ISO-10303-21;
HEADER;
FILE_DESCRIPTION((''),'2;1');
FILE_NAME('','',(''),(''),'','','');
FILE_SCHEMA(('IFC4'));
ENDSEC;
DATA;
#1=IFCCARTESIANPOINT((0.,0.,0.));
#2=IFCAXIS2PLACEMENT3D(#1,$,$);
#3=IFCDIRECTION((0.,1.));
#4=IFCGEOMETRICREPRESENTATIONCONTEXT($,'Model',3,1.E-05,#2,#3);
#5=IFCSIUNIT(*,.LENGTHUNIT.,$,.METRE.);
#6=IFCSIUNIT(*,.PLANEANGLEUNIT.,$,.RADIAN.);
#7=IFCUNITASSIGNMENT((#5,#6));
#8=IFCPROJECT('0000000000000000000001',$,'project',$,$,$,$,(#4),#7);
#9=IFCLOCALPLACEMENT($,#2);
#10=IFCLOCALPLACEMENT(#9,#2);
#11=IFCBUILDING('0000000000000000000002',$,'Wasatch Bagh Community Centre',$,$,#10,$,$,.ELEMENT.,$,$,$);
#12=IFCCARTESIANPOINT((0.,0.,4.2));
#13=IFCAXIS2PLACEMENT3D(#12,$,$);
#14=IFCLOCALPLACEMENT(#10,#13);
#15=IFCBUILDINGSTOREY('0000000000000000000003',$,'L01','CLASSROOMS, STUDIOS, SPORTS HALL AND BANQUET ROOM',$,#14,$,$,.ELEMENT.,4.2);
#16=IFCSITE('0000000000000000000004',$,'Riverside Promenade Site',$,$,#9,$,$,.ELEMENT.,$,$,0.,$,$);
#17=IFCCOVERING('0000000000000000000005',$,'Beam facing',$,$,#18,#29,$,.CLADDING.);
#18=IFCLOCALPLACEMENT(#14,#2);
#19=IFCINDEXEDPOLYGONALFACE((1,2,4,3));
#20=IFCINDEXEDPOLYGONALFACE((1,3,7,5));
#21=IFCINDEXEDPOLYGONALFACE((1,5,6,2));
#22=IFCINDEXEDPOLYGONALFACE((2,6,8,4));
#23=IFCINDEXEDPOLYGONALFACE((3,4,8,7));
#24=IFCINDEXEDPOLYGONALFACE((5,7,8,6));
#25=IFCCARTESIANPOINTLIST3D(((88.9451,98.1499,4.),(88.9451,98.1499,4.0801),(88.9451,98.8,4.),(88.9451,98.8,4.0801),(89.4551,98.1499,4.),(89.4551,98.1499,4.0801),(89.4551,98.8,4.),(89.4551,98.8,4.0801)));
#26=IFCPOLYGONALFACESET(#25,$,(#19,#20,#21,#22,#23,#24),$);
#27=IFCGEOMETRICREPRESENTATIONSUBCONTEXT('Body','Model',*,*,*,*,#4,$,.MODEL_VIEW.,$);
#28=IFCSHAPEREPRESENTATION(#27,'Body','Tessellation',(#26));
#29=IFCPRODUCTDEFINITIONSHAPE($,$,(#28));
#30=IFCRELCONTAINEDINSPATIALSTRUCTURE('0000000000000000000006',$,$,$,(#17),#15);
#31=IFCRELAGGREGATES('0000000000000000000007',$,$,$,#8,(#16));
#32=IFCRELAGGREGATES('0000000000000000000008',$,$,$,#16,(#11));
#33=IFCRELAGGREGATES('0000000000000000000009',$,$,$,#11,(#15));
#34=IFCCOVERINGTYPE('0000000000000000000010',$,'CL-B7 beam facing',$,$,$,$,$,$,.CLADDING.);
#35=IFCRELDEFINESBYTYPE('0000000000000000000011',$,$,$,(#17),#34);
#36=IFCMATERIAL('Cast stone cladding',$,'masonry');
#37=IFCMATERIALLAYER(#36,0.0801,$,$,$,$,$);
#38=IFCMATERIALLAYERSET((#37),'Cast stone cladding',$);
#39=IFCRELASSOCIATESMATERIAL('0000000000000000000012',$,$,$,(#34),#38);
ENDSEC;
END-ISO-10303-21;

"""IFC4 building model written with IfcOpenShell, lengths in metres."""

from ifc_helpers import new_model, si_unit, direction, frame, origin, place, context, subcontext, project, spatial, polyline, outline, extrude, material, layer, layer_set, type_object, element, save


model = new_model("IFC4")

# Units and contexts
model_context = context("Model", 3, precision=1e-05, world=origin(), true_north=direction((0.0, 1.0)))
body_context = subcontext(model_context, "Body", "Model", "MODEL_VIEW")
ifc_project = project(units=[si_unit("LENGTHUNIT", "METRE"), si_unit("PLANEANGLEUNIT", "RADIAN")], contexts=[model_context])

# Site, building, storey
site_placement = place(None, origin())
site = spatial("IfcSite", under=ifc_project, at=site_placement, Name="Riverside Promenade Site", CompositionType="ELEMENT", RefElevation=0.0)
building_placement = place(site_placement, origin())
building = spatial("IfcBuilding", under=site, at=building_placement, Name="Wasatch Bagh Community Centre", CompositionType="ELEMENT")
storey_placement = place(building_placement, frame((0.0, 0.0, 4.2)))
storey = spatial("IfcBuildingStorey", under=building, at=storey_placement, Name="L01", Description="CLASSROOMS, STUDIOS, SPORTS HALL AND BANQUET ROOM", CompositionType="ELEMENT", Elevation=4.2)

# Covering
ifc_material = material(Name="Cast stone cladding", Category="masonry")
ifc_layer = layer(ifc_material, 0.0801)
ifc_layer_set = layer_set([ifc_layer], Name="Cast stone cladding")
covering_type = type_object("IfcCoveringType", Name="CL-B7 beam facing", PredefinedType="CLADDING", material=ifc_layer_set)
covering_1_placement = place(storey_placement, frame((0.0, 0.0, 4.0)))
element("IfcCovering", 1, at=covering_1_placement, inside=storey, type_object=covering_type, Name="Beam facing", PredefinedType="CLADDING", context=body_context, shape_type="SweptSolid", body=[
    extrude(outline(polyline([(89.4551, 98.1499), (89.4551, 98.8), (88.9451, 98.8), (88.9451, 98.1499), (89.4551, 98.1499)])), origin(), (0.0, 0.0, 1.0), 0.0801),
])

save(model, "model.ifc")
